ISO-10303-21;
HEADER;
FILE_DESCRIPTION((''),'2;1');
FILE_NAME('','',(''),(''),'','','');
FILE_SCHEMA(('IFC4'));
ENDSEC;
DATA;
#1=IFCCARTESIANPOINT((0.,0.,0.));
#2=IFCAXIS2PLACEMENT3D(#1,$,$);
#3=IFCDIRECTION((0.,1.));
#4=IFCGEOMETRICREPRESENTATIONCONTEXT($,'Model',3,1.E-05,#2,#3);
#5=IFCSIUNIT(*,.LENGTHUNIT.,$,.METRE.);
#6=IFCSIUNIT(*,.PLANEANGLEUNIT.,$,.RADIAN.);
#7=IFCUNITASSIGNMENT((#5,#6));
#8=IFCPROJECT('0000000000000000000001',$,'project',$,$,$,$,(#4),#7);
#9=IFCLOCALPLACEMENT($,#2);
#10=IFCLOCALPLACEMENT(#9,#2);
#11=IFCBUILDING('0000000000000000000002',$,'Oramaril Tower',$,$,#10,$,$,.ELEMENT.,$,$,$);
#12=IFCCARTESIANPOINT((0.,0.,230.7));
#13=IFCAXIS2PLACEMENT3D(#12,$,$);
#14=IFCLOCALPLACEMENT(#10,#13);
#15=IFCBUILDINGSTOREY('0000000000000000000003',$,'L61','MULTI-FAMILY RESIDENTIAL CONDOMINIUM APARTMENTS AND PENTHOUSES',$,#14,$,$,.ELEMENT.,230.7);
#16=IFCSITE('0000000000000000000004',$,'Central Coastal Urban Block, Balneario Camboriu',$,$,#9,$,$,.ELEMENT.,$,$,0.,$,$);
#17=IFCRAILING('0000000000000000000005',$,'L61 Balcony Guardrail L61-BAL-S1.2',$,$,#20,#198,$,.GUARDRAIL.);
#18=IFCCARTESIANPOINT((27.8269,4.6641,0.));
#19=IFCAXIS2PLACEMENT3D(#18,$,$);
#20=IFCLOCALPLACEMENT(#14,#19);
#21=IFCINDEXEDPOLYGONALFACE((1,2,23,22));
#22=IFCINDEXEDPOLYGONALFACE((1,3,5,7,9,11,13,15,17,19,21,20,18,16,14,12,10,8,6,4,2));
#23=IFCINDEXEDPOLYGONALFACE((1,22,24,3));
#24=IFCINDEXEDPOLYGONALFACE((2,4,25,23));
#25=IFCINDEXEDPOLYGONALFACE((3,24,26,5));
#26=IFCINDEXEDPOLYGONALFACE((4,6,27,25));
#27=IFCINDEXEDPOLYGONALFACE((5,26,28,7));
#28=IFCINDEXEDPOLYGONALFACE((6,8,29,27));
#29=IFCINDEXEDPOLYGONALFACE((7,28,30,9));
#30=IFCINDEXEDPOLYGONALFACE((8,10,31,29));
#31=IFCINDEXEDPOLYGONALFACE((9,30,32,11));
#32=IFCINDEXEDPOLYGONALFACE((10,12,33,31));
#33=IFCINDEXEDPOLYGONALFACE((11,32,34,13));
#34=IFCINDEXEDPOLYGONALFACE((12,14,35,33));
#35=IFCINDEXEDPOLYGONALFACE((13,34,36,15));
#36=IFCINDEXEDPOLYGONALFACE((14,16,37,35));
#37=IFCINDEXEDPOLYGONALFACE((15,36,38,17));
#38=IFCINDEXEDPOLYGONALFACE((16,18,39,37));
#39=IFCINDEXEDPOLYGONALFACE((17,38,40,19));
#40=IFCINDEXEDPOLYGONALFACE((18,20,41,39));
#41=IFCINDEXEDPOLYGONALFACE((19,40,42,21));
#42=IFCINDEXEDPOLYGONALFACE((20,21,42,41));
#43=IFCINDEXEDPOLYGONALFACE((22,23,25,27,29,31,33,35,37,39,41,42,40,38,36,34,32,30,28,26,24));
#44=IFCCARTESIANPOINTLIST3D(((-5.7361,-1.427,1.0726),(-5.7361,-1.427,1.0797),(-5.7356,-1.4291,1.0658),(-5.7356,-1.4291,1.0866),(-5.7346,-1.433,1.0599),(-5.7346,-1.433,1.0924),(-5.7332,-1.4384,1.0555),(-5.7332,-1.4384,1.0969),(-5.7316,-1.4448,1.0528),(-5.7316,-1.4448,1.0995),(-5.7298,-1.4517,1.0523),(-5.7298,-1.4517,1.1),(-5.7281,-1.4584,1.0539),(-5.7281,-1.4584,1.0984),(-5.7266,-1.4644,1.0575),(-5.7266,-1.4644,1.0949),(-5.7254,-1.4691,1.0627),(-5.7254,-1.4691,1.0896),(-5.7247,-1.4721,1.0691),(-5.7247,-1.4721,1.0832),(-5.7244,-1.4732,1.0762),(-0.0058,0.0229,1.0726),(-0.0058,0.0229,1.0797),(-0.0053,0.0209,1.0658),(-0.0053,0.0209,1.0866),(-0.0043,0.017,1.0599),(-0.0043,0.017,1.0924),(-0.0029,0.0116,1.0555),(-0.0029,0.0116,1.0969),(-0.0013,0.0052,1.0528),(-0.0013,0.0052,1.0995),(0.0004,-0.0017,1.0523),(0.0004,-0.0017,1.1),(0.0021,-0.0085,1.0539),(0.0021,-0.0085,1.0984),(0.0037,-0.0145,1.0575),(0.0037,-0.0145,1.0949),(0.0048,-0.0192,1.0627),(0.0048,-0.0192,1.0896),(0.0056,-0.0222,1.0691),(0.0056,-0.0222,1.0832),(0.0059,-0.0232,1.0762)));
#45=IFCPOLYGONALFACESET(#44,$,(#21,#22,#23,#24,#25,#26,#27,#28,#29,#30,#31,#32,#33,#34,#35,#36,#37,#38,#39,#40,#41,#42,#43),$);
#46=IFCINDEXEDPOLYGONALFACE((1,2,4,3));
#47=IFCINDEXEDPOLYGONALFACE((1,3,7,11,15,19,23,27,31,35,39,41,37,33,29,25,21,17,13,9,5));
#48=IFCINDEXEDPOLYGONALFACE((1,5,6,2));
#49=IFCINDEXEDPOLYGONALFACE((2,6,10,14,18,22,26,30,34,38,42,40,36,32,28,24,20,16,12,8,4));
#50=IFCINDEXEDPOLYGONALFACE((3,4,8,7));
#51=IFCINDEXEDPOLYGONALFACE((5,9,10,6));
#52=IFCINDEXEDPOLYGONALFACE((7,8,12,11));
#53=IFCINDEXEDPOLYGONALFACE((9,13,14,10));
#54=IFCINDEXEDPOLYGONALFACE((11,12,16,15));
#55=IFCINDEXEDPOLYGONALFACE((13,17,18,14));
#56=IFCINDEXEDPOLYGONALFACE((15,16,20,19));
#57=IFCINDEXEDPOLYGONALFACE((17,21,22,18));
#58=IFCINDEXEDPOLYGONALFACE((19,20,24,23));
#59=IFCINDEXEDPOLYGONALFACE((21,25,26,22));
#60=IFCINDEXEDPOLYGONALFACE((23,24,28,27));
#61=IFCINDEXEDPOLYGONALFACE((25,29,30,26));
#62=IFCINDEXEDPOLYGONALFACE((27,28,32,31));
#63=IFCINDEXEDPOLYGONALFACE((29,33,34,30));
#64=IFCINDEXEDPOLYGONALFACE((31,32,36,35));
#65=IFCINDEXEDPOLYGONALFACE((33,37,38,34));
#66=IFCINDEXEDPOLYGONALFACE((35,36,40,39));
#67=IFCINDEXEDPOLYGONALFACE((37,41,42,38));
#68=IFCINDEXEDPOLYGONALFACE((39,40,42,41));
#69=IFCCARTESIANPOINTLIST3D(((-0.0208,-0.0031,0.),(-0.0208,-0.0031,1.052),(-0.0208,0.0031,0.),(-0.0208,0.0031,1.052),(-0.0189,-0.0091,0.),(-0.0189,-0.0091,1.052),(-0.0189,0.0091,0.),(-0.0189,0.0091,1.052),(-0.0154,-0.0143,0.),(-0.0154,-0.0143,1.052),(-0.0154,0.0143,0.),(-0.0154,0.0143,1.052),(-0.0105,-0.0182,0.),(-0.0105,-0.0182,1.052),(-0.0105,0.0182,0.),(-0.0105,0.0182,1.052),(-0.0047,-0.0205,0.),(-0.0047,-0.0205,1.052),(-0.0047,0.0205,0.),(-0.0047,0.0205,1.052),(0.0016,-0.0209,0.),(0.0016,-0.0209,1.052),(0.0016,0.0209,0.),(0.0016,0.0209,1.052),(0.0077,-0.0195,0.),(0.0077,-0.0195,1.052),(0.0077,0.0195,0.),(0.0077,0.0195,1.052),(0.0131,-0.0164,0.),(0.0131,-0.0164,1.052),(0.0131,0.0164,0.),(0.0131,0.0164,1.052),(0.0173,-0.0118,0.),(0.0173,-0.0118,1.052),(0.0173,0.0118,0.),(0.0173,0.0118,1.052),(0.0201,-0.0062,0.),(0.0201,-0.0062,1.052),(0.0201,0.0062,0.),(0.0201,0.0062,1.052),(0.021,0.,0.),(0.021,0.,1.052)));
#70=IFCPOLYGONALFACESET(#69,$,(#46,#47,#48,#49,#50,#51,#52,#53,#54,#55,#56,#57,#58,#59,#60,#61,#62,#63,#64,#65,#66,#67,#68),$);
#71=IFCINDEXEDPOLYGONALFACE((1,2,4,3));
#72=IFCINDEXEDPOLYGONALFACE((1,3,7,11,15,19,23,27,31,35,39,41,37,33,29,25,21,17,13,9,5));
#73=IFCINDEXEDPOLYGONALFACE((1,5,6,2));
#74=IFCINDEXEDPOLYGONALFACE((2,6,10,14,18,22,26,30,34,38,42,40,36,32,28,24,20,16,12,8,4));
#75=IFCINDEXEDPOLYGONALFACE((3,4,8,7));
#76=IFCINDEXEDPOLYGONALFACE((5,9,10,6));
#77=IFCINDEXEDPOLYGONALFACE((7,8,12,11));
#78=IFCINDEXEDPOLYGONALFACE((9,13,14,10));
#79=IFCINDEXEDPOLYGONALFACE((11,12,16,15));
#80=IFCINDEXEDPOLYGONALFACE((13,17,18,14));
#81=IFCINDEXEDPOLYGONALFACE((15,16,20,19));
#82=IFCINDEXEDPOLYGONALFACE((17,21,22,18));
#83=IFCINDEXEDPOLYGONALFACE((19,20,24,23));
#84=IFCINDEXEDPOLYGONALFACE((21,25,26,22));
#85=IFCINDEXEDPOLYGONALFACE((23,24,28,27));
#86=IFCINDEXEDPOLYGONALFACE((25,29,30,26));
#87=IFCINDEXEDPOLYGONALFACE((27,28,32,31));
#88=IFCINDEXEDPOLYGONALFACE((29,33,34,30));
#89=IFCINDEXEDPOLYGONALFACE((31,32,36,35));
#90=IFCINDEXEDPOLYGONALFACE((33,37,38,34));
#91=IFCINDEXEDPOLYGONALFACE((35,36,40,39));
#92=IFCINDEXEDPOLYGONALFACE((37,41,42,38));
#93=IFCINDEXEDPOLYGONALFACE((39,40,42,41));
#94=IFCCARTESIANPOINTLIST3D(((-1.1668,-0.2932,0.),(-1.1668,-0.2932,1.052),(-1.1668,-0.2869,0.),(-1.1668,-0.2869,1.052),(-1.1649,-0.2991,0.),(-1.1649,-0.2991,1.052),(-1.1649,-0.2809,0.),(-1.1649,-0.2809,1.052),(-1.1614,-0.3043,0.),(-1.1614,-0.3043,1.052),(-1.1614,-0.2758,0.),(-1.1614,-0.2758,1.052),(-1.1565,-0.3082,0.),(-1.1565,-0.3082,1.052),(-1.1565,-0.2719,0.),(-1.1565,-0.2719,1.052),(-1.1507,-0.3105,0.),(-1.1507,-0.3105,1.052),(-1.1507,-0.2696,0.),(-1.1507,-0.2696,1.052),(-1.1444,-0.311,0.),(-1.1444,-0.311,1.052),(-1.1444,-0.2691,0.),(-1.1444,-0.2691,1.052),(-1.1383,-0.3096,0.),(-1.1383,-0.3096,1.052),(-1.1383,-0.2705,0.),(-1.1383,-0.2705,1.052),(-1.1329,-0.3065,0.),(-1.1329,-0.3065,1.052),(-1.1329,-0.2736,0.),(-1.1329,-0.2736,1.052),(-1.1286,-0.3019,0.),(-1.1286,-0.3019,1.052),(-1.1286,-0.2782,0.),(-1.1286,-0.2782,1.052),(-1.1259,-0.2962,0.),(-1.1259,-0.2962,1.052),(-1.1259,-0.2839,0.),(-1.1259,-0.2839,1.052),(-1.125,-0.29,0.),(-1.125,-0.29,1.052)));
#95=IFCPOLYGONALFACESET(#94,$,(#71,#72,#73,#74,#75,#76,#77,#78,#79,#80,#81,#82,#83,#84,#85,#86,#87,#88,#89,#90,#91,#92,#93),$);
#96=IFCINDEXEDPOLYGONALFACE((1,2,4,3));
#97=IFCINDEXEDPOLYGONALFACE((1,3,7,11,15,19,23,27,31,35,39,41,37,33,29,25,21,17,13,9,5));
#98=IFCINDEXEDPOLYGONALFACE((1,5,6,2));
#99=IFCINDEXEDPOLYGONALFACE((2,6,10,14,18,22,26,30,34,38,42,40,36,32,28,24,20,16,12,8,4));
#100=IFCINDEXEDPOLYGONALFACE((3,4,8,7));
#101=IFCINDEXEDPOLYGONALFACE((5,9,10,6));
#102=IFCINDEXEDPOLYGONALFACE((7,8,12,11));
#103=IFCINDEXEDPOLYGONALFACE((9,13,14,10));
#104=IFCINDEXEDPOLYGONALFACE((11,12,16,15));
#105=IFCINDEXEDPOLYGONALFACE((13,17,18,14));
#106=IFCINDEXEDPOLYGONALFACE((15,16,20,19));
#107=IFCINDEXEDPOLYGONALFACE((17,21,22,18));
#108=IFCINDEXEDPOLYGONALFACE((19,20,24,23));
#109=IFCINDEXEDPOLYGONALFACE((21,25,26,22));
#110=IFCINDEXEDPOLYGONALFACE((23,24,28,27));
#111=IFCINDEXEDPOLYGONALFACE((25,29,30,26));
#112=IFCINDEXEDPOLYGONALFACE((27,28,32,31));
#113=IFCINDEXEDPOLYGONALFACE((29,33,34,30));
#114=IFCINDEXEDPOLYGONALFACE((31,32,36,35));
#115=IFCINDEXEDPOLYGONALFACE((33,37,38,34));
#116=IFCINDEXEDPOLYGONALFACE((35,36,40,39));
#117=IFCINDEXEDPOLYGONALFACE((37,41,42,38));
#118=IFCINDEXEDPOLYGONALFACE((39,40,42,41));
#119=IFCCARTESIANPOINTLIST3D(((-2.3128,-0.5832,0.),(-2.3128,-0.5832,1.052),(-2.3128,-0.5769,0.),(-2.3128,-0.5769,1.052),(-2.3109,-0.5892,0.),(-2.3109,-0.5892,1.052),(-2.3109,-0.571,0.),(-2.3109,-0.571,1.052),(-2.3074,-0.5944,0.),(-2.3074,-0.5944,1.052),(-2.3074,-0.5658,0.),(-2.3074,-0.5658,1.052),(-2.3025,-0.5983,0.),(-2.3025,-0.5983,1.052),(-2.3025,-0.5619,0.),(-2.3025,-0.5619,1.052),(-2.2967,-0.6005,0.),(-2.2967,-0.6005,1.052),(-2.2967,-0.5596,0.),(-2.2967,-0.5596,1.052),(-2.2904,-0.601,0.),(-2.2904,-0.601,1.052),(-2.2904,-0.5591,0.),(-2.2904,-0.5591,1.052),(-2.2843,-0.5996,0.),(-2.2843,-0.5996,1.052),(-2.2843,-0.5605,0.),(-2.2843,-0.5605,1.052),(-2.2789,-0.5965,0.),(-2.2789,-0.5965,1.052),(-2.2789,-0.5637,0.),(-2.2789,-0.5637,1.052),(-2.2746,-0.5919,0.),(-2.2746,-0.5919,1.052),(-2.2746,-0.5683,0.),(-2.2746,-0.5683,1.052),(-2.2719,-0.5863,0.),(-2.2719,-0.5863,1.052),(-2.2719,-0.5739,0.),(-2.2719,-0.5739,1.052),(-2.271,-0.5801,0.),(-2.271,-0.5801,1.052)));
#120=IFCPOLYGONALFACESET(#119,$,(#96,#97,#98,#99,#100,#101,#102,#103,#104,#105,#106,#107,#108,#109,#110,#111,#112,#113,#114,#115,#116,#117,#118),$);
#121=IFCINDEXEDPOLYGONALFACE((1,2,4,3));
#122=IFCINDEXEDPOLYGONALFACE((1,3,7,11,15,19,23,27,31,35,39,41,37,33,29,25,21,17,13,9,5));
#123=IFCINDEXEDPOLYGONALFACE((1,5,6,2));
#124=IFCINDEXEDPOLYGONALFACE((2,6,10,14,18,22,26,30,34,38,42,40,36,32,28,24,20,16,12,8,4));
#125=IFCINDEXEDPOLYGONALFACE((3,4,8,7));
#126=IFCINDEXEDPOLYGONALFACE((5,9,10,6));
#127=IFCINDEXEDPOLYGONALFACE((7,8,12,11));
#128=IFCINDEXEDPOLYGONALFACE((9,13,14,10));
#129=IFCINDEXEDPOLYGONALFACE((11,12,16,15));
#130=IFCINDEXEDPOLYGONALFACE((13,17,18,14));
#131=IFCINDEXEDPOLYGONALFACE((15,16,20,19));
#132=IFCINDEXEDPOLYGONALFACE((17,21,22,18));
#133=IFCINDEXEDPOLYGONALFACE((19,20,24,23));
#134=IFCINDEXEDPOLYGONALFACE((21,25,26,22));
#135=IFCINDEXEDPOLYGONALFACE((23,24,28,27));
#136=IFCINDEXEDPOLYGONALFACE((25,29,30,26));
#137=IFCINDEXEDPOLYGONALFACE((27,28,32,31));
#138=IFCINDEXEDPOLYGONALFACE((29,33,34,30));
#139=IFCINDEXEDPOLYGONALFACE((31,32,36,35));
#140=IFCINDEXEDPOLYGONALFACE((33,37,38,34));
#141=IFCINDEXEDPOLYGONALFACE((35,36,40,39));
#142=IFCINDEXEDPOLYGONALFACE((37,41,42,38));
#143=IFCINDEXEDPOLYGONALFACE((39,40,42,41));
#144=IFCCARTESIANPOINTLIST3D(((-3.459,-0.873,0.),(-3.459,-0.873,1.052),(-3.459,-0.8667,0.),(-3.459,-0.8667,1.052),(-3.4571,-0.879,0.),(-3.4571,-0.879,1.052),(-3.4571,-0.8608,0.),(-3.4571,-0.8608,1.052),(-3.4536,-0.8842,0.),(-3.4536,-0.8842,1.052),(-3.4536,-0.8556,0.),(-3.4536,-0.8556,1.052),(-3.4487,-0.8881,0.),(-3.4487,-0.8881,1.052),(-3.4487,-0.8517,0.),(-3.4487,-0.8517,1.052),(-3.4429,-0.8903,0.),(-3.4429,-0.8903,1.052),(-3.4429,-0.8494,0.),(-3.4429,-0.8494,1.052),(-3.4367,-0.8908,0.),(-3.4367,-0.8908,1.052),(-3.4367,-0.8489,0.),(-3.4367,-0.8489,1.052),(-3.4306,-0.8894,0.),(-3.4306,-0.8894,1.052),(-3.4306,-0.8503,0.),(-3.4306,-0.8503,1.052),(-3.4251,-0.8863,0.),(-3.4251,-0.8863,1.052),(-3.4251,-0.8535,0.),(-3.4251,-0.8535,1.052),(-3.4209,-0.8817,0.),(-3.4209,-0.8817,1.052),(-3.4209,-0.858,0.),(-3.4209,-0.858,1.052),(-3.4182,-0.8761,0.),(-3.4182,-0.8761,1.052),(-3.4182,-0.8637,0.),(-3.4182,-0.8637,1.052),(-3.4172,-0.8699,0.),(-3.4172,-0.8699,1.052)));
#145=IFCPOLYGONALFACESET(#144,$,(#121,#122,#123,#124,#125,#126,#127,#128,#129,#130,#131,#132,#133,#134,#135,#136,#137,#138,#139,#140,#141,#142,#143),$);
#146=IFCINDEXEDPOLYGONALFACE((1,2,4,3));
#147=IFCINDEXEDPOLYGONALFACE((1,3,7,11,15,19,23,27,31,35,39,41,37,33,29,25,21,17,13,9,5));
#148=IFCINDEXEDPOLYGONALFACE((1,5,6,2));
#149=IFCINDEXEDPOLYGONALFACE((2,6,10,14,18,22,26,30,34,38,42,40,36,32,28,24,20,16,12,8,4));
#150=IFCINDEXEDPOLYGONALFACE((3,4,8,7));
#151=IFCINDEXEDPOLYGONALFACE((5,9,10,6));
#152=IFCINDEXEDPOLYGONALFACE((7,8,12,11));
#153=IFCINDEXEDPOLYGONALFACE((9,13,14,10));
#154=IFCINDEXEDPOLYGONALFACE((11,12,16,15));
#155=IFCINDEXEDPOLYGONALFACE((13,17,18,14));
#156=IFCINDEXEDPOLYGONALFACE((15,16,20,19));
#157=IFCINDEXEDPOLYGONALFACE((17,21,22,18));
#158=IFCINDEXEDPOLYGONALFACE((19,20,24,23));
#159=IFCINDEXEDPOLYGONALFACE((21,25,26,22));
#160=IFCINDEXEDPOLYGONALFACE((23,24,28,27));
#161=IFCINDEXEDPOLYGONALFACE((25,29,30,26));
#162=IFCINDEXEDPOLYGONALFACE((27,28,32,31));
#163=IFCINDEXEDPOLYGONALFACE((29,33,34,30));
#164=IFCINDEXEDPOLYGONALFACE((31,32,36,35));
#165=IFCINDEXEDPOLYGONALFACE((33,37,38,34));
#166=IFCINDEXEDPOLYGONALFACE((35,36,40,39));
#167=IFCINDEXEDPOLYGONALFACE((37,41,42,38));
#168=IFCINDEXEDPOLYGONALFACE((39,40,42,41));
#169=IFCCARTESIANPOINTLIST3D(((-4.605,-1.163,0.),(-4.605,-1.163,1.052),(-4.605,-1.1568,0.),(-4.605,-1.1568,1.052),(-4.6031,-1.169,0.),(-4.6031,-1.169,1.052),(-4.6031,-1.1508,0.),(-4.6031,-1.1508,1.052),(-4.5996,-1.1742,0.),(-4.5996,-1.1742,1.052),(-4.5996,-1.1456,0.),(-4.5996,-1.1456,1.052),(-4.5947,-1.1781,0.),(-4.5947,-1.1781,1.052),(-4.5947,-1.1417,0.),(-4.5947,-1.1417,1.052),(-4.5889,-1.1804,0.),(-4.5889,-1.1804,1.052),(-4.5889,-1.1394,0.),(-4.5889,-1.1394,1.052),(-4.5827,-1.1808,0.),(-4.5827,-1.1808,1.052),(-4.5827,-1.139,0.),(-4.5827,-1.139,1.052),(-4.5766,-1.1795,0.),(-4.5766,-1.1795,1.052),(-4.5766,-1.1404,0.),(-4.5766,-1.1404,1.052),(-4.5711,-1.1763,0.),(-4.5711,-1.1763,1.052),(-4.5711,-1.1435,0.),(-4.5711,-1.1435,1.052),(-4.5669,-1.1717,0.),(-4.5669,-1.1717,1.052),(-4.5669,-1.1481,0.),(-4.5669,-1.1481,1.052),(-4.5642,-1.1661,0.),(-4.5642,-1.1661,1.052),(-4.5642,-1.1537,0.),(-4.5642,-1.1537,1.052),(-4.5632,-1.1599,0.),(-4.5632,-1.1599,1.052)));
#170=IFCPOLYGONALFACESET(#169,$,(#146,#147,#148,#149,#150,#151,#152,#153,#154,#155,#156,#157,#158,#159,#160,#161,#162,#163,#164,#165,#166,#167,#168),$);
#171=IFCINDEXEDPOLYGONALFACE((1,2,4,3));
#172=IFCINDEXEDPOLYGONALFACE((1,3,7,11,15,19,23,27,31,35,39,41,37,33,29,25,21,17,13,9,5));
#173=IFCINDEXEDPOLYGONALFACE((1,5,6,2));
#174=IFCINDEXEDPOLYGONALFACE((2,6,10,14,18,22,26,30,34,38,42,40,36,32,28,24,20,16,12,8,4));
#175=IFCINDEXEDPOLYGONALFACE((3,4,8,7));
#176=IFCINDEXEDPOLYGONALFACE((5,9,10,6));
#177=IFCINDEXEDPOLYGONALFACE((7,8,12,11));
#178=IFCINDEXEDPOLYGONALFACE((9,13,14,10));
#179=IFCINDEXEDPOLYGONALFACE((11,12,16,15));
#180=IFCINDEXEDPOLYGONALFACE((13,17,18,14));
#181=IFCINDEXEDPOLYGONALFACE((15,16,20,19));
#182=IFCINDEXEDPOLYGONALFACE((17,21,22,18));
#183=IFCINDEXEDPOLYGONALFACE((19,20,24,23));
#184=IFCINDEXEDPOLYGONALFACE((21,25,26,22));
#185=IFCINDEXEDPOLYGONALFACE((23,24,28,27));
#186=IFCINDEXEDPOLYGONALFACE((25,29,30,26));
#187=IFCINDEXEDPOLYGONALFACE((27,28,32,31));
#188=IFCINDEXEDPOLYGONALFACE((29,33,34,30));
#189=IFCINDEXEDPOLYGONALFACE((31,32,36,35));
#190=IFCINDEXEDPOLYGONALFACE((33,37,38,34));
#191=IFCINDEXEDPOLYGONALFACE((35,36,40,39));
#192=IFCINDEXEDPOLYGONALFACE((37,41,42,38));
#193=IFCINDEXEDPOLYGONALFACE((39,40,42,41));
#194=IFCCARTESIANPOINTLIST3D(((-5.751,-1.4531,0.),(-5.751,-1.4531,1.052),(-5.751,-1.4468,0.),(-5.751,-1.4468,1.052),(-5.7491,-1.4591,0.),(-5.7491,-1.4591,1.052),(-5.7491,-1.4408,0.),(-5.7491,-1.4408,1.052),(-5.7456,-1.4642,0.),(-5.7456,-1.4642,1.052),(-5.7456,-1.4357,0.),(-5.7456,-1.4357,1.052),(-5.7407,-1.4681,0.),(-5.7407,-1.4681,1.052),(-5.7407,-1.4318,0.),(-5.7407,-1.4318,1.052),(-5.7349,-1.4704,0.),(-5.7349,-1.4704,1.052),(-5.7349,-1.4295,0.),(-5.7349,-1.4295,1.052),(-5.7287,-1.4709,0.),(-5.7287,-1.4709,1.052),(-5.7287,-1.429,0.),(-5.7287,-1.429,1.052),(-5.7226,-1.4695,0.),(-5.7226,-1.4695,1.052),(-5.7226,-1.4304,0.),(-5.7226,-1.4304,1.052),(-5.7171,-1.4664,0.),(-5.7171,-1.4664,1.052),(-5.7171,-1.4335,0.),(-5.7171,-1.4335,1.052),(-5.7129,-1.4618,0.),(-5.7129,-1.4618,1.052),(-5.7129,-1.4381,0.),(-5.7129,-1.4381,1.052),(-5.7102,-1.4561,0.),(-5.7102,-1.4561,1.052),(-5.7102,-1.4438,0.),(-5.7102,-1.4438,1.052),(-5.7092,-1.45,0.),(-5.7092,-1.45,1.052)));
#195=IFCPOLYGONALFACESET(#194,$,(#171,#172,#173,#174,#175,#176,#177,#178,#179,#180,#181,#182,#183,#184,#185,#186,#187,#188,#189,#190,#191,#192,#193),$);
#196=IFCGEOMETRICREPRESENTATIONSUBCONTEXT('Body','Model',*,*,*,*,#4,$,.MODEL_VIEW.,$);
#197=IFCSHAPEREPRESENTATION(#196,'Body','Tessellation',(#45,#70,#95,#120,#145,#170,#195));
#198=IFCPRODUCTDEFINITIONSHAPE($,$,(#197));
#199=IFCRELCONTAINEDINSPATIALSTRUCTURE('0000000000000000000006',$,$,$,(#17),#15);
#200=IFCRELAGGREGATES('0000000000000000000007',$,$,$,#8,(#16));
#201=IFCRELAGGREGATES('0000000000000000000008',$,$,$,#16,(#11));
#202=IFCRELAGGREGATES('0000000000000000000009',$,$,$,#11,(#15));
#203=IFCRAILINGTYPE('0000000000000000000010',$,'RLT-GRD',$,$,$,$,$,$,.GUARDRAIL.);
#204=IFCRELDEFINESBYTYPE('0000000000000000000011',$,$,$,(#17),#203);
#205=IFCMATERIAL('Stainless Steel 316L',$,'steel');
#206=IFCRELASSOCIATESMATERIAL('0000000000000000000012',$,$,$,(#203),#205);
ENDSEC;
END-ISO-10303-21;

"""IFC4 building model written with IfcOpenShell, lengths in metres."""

from ifc_helpers import new_model, si_unit, direction, frame, origin, origin_2d, place, context, subcontext, project, spatial, circle, extrude, material, type_object, element, save


model = new_model("IFC4")

# Units and contexts
model_context = context("Model", 3, precision=1e-05, world=origin(), true_north=direction((0.0, 1.0)))
body_context = subcontext(model_context, "Body", "Model", "MODEL_VIEW")
ifc_project = project(units=[si_unit("LENGTHUNIT", "METRE"), si_unit("PLANEANGLEUNIT", "RADIAN")], contexts=[model_context])

# Site, building, storey
site_placement = place(None, origin())
site = spatial("IfcSite", under=ifc_project, at=site_placement, Name="Central Coastal Urban Block, Balneario Camboriu", CompositionType="ELEMENT", RefElevation=0.0)
building_placement = place(site_placement, origin())
building = spatial("IfcBuilding", under=site, at=building_placement, Name="Oramaril Tower", CompositionType="ELEMENT")
storey_placement = place(building_placement, frame((0.0, 0.0, 230.7)))
storey = spatial("IfcBuildingStorey", under=building, at=storey_placement, Name="L61", Description="MULTI-FAMILY RESIDENTIAL CONDOMINIUM APARTMENTS AND PENTHOUSES", CompositionType="ELEMENT", Elevation=230.7)

# Railing
ifc_material_1 = material(Name="Stainless Steel 316L", Category="steel")
railing_type = type_object("IfcRailingType", Name="RLT-GRD", PredefinedType="GUARDRAIL", material=ifc_material_1)
railing_1_placement = place(storey_placement, frame((27.8269, 4.6641, 0.0)))
element("IfcRailing", 1, at=railing_1_placement, inside=storey, type_object=railing_type, Name="L61 Balcony Guardrail L61-BAL-S1.2", PredefinedType="GUARDRAIL", context=body_context, shape_type="SweptSolid", body=[
    extrude(circle(Radius=0.0239, at=origin_2d()), frame((0.0, 0.0, 1.0762), z_axis=(-0.969446, -0.245304, 0.0), x_axis=(0.245304, -0.969446, 0.0)), (0.0, 0.0, 1.0), 5.9109),
    extrude(circle(Radius=0.021, at=origin_2d()), origin(), (0.0, 0.0, 1.0), 1.052),
    extrude(circle(Radius=0.021, at=origin_2d()), frame((-1.146, -0.29, 0.0)), (0.0, 0.0, 1.0), 1.052),
    extrude(circle(Radius=0.021, at=origin_2d()), frame((-2.292, -0.5801, 0.0)), (0.0, 0.0, 1.0), 1.052),
    extrude(circle(Radius=0.021, at=origin_2d()), frame((-3.4382, -0.8699, 0.0)), (0.0, 0.0, 1.0), 1.052),
    extrude(circle(Radius=0.021, at=origin_2d()), frame((-4.5842, -1.1599, 0.0)), (0.0, 0.0, 1.0), 1.052),
    extrude(circle(Radius=0.021, at=origin_2d()), frame((-5.7302, -1.45, 0.0)), (0.0, 0.0, 1.0), 1.052),
])

save(model, "model.ifc")
